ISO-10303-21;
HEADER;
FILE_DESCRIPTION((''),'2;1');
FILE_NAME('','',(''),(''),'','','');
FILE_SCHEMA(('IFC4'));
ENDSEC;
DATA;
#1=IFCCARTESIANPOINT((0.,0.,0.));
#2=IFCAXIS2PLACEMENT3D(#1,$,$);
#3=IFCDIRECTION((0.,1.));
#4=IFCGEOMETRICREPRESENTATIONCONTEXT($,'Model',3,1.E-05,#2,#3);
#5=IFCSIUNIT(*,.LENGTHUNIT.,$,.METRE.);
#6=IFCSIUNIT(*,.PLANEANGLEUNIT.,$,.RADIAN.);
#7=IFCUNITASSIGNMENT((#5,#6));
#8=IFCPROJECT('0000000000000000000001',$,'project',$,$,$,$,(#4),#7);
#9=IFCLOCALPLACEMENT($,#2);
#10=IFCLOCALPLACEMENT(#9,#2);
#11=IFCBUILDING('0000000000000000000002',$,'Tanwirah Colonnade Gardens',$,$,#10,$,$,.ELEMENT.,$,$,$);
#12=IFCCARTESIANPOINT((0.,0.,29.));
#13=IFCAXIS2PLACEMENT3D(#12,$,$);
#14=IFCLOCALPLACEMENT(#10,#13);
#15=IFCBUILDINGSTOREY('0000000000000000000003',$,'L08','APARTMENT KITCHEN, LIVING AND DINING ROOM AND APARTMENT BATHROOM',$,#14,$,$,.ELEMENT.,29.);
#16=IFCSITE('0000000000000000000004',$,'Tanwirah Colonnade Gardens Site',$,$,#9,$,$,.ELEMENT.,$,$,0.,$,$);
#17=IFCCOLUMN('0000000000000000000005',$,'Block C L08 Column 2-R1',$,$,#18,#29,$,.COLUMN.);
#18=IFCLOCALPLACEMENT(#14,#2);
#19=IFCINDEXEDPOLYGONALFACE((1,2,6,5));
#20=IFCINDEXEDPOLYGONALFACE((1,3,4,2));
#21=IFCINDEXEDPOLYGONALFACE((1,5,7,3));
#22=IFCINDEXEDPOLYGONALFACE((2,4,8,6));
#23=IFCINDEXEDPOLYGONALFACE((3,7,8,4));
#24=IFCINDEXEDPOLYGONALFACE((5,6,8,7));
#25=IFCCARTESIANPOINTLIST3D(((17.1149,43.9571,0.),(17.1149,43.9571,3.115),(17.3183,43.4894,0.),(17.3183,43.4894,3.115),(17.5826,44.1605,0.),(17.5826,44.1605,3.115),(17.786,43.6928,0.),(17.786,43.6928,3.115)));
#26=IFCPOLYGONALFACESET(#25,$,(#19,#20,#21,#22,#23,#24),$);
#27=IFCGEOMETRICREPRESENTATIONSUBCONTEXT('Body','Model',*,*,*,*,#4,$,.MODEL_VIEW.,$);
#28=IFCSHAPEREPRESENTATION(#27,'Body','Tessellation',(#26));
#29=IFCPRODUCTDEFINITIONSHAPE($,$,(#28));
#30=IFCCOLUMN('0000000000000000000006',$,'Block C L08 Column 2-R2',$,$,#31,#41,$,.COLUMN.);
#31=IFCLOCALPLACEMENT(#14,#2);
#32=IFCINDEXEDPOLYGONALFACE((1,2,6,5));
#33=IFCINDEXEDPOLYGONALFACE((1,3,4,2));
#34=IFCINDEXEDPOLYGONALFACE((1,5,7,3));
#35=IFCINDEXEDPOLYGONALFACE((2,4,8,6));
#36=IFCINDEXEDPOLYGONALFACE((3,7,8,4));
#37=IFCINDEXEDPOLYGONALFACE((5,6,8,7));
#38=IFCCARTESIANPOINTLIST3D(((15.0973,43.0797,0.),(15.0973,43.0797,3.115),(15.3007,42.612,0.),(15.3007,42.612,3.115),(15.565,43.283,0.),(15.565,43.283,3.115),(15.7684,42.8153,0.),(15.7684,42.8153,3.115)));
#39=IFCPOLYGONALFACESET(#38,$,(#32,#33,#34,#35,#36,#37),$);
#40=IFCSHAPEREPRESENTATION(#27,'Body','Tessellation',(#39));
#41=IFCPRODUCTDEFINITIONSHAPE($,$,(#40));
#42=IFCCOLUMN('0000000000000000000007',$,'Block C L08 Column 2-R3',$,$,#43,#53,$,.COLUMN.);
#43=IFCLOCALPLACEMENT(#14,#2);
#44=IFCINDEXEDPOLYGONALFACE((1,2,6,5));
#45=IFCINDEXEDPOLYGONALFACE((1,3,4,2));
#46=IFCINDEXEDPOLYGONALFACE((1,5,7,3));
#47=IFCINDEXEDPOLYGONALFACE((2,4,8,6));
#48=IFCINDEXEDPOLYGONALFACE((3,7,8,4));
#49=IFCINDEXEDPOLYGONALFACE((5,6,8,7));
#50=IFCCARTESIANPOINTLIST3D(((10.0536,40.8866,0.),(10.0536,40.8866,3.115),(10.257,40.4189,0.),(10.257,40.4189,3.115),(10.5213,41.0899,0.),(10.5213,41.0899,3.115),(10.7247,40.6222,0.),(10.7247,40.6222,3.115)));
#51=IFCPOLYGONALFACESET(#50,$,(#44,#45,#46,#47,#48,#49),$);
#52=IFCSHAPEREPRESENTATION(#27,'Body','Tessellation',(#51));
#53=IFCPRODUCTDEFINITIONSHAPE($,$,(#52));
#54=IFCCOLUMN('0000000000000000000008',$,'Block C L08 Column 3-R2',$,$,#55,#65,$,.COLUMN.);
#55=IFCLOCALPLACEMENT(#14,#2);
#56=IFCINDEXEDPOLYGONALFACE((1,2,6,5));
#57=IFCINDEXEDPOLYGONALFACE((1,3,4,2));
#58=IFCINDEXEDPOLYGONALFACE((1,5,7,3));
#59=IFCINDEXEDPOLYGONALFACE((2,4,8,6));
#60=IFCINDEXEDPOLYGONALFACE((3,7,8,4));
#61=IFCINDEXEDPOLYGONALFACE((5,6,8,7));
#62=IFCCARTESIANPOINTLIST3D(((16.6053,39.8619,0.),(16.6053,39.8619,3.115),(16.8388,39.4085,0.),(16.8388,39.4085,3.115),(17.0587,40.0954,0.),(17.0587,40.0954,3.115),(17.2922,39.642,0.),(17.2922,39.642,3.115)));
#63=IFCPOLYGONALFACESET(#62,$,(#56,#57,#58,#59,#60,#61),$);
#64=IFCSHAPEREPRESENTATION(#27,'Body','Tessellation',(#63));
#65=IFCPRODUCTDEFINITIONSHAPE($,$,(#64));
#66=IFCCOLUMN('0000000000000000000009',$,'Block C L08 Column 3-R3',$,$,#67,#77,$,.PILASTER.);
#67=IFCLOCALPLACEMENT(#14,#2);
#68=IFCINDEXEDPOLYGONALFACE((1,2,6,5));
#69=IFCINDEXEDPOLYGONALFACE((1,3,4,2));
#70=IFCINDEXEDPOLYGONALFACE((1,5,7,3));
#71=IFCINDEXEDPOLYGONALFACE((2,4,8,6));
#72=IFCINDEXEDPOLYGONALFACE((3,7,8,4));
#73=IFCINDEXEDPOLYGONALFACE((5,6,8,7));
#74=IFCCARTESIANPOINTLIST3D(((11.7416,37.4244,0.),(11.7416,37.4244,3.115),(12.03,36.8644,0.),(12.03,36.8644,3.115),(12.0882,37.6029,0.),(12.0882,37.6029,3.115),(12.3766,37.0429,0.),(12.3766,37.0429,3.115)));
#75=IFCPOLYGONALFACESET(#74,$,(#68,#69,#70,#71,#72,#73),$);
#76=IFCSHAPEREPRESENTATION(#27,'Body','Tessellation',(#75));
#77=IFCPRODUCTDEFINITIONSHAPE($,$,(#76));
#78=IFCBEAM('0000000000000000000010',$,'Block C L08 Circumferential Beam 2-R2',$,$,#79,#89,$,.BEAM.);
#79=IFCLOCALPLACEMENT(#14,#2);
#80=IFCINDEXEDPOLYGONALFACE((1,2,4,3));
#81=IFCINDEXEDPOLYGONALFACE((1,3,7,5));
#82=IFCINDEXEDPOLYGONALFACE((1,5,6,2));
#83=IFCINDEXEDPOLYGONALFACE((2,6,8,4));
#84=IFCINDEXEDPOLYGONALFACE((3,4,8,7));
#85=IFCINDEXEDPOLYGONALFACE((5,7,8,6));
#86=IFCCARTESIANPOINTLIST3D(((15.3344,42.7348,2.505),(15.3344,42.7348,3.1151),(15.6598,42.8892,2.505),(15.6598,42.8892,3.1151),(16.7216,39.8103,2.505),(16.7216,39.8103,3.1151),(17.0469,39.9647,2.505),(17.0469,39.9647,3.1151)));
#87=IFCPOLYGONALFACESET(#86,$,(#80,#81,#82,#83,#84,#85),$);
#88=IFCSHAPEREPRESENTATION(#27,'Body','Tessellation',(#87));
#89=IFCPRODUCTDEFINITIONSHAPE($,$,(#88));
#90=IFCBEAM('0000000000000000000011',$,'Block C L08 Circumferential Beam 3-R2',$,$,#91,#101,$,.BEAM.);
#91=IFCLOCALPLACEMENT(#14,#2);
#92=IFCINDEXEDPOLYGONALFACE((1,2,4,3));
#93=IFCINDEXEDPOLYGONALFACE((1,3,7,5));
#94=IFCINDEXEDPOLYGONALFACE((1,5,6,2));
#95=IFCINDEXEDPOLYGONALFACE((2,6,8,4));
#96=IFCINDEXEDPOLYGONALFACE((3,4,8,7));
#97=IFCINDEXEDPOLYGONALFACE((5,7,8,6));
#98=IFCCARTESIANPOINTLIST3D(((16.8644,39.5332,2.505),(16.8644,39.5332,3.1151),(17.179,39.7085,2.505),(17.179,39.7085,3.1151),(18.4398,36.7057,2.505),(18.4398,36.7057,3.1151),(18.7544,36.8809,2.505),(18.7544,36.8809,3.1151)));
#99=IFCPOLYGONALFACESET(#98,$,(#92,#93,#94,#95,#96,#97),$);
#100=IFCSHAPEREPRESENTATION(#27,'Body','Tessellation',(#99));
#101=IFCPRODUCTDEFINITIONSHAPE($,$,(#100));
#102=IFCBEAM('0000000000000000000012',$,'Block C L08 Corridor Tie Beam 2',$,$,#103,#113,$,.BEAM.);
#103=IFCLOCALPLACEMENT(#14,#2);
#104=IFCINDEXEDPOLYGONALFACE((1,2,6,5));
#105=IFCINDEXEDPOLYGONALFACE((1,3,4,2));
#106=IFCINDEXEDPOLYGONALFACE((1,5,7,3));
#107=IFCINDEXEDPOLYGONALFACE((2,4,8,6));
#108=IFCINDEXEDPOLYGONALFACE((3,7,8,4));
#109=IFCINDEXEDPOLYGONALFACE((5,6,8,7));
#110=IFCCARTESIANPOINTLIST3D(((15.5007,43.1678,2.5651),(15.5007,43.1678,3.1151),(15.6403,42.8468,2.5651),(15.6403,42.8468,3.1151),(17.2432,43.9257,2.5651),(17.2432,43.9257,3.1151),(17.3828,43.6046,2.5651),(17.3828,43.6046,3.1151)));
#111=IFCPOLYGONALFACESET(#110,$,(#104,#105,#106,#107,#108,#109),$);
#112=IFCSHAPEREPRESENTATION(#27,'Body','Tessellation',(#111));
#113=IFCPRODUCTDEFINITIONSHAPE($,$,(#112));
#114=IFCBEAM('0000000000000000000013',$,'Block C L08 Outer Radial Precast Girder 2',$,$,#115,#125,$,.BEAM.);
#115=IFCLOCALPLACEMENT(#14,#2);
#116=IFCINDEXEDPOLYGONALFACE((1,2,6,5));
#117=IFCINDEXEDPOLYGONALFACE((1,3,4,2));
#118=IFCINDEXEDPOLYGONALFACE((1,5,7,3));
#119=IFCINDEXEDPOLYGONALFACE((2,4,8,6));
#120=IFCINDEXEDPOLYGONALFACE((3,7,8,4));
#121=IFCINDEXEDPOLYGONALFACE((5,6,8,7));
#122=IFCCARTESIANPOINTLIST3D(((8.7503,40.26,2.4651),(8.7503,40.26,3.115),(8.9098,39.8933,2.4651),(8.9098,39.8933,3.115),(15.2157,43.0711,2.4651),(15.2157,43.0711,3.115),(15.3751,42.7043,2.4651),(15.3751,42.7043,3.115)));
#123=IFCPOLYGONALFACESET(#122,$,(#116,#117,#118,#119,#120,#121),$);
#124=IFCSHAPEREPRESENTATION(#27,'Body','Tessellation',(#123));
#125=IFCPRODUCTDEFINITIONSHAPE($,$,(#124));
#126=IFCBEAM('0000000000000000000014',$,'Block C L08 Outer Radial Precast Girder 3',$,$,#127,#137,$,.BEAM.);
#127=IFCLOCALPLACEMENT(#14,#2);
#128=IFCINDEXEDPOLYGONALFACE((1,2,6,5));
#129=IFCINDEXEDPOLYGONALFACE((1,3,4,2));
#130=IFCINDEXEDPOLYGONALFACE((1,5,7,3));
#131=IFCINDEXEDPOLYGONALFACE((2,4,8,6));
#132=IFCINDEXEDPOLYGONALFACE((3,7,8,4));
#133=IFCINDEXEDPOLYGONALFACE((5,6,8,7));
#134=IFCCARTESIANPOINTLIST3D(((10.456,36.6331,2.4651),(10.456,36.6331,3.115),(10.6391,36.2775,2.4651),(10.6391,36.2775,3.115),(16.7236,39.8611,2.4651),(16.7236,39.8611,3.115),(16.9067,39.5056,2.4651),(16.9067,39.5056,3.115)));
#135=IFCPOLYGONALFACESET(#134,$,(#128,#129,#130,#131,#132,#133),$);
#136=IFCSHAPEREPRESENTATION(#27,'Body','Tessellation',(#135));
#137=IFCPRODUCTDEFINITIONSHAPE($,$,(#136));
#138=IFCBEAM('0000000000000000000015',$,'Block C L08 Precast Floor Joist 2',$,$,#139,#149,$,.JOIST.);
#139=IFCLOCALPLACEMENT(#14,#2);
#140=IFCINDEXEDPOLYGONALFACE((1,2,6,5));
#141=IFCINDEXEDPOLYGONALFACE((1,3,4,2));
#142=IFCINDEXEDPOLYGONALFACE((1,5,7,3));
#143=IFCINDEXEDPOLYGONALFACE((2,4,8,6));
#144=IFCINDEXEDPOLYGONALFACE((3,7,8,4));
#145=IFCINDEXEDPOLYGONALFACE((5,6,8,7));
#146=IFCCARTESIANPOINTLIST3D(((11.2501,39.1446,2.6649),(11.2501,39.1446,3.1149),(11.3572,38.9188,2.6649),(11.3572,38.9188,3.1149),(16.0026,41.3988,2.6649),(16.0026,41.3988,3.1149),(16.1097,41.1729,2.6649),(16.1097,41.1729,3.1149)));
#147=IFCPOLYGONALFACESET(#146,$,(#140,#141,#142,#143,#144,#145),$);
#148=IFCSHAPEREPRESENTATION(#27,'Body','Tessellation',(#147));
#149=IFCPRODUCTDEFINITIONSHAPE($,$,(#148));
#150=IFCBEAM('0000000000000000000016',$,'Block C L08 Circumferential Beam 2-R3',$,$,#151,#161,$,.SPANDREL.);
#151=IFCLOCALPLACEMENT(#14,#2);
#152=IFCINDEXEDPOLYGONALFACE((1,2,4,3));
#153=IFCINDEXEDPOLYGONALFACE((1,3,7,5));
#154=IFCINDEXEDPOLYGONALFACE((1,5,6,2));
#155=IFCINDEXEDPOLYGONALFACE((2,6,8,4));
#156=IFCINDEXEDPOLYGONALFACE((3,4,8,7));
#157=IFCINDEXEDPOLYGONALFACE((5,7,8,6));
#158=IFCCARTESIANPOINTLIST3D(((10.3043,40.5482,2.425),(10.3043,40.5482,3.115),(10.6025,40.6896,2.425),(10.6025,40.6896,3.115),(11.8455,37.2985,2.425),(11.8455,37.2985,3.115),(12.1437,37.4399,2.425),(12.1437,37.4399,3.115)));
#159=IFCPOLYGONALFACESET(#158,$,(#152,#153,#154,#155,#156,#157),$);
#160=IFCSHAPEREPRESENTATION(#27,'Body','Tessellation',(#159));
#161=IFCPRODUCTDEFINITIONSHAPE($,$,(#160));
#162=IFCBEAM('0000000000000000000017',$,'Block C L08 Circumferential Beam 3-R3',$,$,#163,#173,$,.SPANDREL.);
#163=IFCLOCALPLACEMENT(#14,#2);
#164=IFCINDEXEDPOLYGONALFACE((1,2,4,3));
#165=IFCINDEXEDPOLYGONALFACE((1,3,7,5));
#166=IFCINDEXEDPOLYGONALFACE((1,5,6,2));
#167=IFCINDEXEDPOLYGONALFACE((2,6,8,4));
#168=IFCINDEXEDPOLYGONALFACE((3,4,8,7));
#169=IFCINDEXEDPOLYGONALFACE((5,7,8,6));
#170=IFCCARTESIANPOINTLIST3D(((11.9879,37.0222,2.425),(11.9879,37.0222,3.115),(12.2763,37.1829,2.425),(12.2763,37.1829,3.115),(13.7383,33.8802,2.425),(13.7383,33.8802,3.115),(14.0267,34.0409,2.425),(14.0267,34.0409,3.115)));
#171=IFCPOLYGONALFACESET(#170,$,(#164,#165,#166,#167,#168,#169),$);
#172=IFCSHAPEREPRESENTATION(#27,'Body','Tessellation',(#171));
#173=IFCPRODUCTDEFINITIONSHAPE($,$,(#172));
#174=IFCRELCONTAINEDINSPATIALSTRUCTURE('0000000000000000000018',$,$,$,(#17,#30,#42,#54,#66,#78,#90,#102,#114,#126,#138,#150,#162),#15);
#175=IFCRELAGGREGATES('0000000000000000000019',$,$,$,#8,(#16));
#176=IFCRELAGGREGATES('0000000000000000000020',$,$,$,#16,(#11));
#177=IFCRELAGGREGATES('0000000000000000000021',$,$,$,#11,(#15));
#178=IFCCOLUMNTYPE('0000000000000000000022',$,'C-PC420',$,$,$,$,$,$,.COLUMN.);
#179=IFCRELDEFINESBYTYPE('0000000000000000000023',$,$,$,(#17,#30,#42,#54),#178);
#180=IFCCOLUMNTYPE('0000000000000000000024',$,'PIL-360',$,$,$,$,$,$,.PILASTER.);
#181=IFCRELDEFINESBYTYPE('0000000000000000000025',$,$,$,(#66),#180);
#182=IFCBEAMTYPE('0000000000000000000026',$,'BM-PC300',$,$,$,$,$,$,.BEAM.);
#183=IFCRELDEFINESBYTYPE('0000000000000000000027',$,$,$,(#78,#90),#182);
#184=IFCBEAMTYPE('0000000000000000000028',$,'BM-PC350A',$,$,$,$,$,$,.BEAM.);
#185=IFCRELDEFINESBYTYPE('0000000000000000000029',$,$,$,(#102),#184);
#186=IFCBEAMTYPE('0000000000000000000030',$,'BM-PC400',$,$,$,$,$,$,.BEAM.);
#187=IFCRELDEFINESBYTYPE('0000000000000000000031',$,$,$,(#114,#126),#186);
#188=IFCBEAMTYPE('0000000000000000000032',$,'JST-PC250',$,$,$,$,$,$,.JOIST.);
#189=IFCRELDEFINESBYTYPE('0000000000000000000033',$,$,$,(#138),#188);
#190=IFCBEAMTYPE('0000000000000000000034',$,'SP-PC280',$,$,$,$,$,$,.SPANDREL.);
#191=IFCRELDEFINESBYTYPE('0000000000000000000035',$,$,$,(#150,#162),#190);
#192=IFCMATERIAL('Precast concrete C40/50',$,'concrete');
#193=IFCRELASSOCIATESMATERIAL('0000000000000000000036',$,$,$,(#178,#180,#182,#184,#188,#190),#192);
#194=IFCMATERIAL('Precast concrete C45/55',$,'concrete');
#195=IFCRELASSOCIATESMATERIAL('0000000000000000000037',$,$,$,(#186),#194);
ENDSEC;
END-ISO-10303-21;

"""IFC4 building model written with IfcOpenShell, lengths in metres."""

from ifc_helpers import new_model, si_unit, direction, frame, origin, origin_2d, place, context, subcontext, project, spatial, rectangle, extrude, material, material_profile, profile_set, type_object, element, save


model = new_model("IFC4")

# Units and contexts
model_context = context("Model", 3, precision=1e-05, world=origin(), true_north=direction((0.0, 1.0)))
body_context = subcontext(model_context, "Body", "Model", "MODEL_VIEW")
ifc_project = project(units=[si_unit("LENGTHUNIT", "METRE"), si_unit("PLANEANGLEUNIT", "RADIAN")], contexts=[model_context])

# Site, building, storey
site_placement = place(None, origin())
site = spatial("IfcSite", under=ifc_project, at=site_placement, Name="Tanwirah Colonnade Gardens Site", CompositionType="ELEMENT", RefElevation=0.0)
building_placement = place(site_placement, origin())
building = spatial("IfcBuilding", under=site, at=building_placement, Name="Tanwirah Colonnade Gardens", CompositionType="ELEMENT")
storey_placement = place(building_placement, frame((0.0, 0.0, 29.0)))
storey = spatial("IfcBuildingStorey", under=building, at=storey_placement, Name="L08", Description="APARTMENT KITCHEN, LIVING AND DINING ROOM AND APARTMENT BATHROOM", CompositionType="ELEMENT", Elevation=29.0)

# Columns
ifc_material_1 = material(Name="Precast concrete C40/50", Category="concrete")
ifc_material_profile_1 = material_profile(ifc_material_1, rectangle(XDim=0.51, YDim=0.51, at=origin_2d()), Name="PC-COL 510x510")
ifc_profile_set_1 = profile_set([ifc_material_profile_1], Name="Precast concrete C40/50")
column_type_1 = type_object("IfcColumnType", Name="C-PC420", PredefinedType="COLUMN", material=ifc_profile_set_1)
for number, where, z_axis, x_axis, name in (
    (1, (17.4504, 43.825, 0.0), (0.0, 0.0, 1.0), (-0.91706, -0.398749, 0.0), "Block C L08 Column 2-R1"),
    (2, (15.4329, 42.9475, 0.0), (0.0, 0.0, 1.0), (-0.91706, -0.398749, 0.0), "Block C L08 Column 2-R2"),
    (3, (10.3892, 40.7544, 0.0), (0.0, 0.0, 1.0), (-0.91706, -0.398749, 0.0), "Block C L08 Column 2-R3"),
    (4, (16.9487, 39.752, 0.0), (0.0, 0.0, 1.0), (-0.889017, -0.457874, 0.0), "Block C L08 Column 3-R2"),
):
    element("IfcColumn", number, at=place(storey_placement, frame(where, z_axis=z_axis, x_axis=x_axis)), inside=storey, type_object=column_type_1, Name=name, PredefinedType="COLUMN", context=body_context, shape_type="SweptSolid", body=[
        extrude(rectangle(XDim=0.51, YDim=0.51, at=origin_2d()), origin(), (0.0, 0.0, 1.0), 3.115),
    ])
ifc_material_profile_2 = material_profile(ifc_material_1, rectangle(XDim=0.3899, YDim=0.6299, at=origin_2d()), Name="PC-PIL 390x630")
ifc_profile_set_2 = profile_set([ifc_material_profile_2], Name="Precast concrete C40/50")
column_type_2 = type_object("IfcColumnType", Name="PIL-360", PredefinedType="PILASTER", material=ifc_profile_set_2)
column_placement = place(storey_placement, frame((12.0591, 37.2336, 0.0), z_axis=(0.0, 0.0, 1.0), x_axis=(-0.889017, -0.457874, 0.0)))
element("IfcColumn", 5, at=column_placement, inside=storey, type_object=column_type_2, Name="Block C L08 Column 3-R3", PredefinedType="PILASTER", context=body_context, shape_type="SweptSolid", body=[
    extrude(rectangle(XDim=0.3899, YDim=0.6299, at=origin_2d()), origin(), (0.0, 0.0, 1.0), 3.115),
])

# Beams
ifc_material_profile_3 = material_profile(ifc_material_1, rectangle(XDim=0.3601, YDim=0.6101, at=origin_2d()), Name="PC-BM 360x610")
ifc_profile_set_3 = profile_set([ifc_material_profile_3], Name="Precast concrete C40/50")
beam_type_1 = type_object("IfcBeamType", Name="BM-PC300", PredefinedType="BEAM", material=ifc_profile_set_3)
for number, where, z_axis, x_axis, name in (
    (6, (15.4971, 42.812, 2.8101), (0.428563, -0.903512, 0.0), (0.903512, 0.428563, 0.0), "Block C L08 Circumferential Beam 2-R2"),
    (7, (17.0217, 39.6208, 2.8101), (0.486712, -0.873562, 0.0), (0.873562, 0.486712, 0.0), "Block C L08 Circumferential Beam 3-R2"),
):
    element("IfcBeam", number, at=place(storey_placement, frame(where, z_axis=z_axis, x_axis=x_axis)), inside=storey, type_object=beam_type_1, Name=name, PredefinedType="BEAM", context=body_context, shape_type="SweptSolid", body=[
        extrude(rectangle(XDim=0.3601, YDim=0.6101, at=origin_2d()), origin(), (0.0, 0.0, 1.0), 3.2368),
    ])
ifc_material_profile_4 = material_profile(ifc_material_1, rectangle(XDim=0.3501, YDim=0.55, at=origin_2d()), Name="PC-BM 350x550")
ifc_profile_set_4 = profile_set([ifc_material_profile_4], Name="Precast concrete C40/50")
beam_type_2 = type_object("IfcBeamType", Name="BM-PC350A", PredefinedType="BEAM", material=ifc_profile_set_4)
beam_1_placement = place(storey_placement, frame((17.313, 43.7651, 2.8401), z_axis=(-0.917025, -0.398829, 0.0), x_axis=(0.398829, -0.917025, 0.0)))
element("IfcBeam", 8, at=beam_1_placement, inside=storey, type_object=beam_type_2, Name="Block C L08 Corridor Tie Beam 2", PredefinedType="BEAM", context=body_context, shape_type="SweptSolid", body=[
    extrude(rectangle(XDim=0.3501, YDim=0.55, at=origin_2d()), origin(), (0.0, 0.0, 1.0), 1.9001),
])
ifc_material_2 = material(Name="Precast concrete C45/55", Category="concrete")
ifc_material_profile_5 = material_profile(ifc_material_2, rectangle(XDim=0.3999, YDim=0.6499, at=origin_2d()), Name="PC-BM 400x650")
ifc_profile_set_5 = profile_set([ifc_material_profile_5], Name="Precast concrete C45/55")
beam_type_3 = type_object("IfcBeamType", Name="BM-PC400", PredefinedType="BEAM", material=ifc_profile_set_5)
for number, where, z_axis, x_axis, name in (
    (9, (15.2954, 42.8877, 2.79), (-0.917069, -0.398729, 0.0), (0.398729, -0.917069, 0.0), "Block C L08 Outer Radial Precast Girder 2"),
    (10, (16.8152, 39.6833, 2.79), (-0.889016, -0.457875, 0.0), (0.457875, -0.889016, 0.0), "Block C L08 Outer Radial Precast Girder 3"),
):
    element("IfcBeam", number, at=place(storey_placement, frame(where, z_axis=z_axis, x_axis=x_axis)), inside=storey, type_object=beam_type_3, Name=name, PredefinedType="BEAM", context=body_context, shape_type="SweptSolid", body=[
        extrude(rectangle(XDim=0.3999, YDim=0.6499, at=origin_2d()), origin(), (0.0, 0.0, 1.0), 7.05),
    ])
ifc_material_profile_6 = material_profile(ifc_material_1, rectangle(XDim=0.25, YDim=0.45, at=origin_2d()), Name="PC-JST 250x450")
ifc_profile_set_6 = profile_set([ifc_material_profile_6], Name="Precast concrete C40/50")
beam_type_4 = type_object("IfcBeamType", Name="JST-PC250", PredefinedType="JOIST", material=ifc_profile_set_6)
beam_2_placement = place(storey_placement, frame((16.0562, 41.2859, 2.8899), z_axis=(-0.903518, -0.428551, 0.0), x_axis=(0.428551, -0.903518, 0.0)))
element("IfcBeam", 11, at=beam_2_placement, inside=storey, type_object=beam_type_4, Name="Block C L08 Precast Floor Joist 2", PredefinedType="JOIST", context=body_context, shape_type="SweptSolid", body=[
    extrude(rectangle(XDim=0.25, YDim=0.45, at=origin_2d()), origin(), (0.0, 0.0, 1.0), 5.26),
])
ifc_material_profile_7 = material_profile(ifc_material_1, rectangle(XDim=0.3301, YDim=0.6899, at=origin_2d()), Name="PC-SP 330x690")
ifc_profile_set_7 = profile_set([ifc_material_profile_7], Name="Precast concrete C40/50")
beam_type_5 = type_object("IfcBeamType", Name="SP-PC280", PredefinedType="SPANDREL", material=ifc_profile_set_7)
for number, where, z_axis, x_axis, name in (
    (12, (10.4534, 40.6189, 2.77), (0.428518, -0.903533, 0.0), (0.903533, 0.428518, 0.0), "Block C L08 Circumferential Beam 2-R3"),
    (13, (12.1321, 37.1025, 2.77), (0.48668, -0.87358, 0.0), (0.87358, 0.48668, 0.0), "Block C L08 Circumferential Beam 3-R3"),
):
    element("IfcBeam", number, at=place(storey_placement, frame(where, z_axis=z_axis, x_axis=x_axis)), inside=storey, type_object=beam_type_5, Name=name, PredefinedType="SPANDREL", context=body_context, shape_type="SweptSolid", body=[
        extrude(rectangle(XDim=0.3301, YDim=0.6899, at=origin_2d()), origin(), (0.0, 0.0, 1.0), 3.5967),
    ])

save(model, "model.ifc")
